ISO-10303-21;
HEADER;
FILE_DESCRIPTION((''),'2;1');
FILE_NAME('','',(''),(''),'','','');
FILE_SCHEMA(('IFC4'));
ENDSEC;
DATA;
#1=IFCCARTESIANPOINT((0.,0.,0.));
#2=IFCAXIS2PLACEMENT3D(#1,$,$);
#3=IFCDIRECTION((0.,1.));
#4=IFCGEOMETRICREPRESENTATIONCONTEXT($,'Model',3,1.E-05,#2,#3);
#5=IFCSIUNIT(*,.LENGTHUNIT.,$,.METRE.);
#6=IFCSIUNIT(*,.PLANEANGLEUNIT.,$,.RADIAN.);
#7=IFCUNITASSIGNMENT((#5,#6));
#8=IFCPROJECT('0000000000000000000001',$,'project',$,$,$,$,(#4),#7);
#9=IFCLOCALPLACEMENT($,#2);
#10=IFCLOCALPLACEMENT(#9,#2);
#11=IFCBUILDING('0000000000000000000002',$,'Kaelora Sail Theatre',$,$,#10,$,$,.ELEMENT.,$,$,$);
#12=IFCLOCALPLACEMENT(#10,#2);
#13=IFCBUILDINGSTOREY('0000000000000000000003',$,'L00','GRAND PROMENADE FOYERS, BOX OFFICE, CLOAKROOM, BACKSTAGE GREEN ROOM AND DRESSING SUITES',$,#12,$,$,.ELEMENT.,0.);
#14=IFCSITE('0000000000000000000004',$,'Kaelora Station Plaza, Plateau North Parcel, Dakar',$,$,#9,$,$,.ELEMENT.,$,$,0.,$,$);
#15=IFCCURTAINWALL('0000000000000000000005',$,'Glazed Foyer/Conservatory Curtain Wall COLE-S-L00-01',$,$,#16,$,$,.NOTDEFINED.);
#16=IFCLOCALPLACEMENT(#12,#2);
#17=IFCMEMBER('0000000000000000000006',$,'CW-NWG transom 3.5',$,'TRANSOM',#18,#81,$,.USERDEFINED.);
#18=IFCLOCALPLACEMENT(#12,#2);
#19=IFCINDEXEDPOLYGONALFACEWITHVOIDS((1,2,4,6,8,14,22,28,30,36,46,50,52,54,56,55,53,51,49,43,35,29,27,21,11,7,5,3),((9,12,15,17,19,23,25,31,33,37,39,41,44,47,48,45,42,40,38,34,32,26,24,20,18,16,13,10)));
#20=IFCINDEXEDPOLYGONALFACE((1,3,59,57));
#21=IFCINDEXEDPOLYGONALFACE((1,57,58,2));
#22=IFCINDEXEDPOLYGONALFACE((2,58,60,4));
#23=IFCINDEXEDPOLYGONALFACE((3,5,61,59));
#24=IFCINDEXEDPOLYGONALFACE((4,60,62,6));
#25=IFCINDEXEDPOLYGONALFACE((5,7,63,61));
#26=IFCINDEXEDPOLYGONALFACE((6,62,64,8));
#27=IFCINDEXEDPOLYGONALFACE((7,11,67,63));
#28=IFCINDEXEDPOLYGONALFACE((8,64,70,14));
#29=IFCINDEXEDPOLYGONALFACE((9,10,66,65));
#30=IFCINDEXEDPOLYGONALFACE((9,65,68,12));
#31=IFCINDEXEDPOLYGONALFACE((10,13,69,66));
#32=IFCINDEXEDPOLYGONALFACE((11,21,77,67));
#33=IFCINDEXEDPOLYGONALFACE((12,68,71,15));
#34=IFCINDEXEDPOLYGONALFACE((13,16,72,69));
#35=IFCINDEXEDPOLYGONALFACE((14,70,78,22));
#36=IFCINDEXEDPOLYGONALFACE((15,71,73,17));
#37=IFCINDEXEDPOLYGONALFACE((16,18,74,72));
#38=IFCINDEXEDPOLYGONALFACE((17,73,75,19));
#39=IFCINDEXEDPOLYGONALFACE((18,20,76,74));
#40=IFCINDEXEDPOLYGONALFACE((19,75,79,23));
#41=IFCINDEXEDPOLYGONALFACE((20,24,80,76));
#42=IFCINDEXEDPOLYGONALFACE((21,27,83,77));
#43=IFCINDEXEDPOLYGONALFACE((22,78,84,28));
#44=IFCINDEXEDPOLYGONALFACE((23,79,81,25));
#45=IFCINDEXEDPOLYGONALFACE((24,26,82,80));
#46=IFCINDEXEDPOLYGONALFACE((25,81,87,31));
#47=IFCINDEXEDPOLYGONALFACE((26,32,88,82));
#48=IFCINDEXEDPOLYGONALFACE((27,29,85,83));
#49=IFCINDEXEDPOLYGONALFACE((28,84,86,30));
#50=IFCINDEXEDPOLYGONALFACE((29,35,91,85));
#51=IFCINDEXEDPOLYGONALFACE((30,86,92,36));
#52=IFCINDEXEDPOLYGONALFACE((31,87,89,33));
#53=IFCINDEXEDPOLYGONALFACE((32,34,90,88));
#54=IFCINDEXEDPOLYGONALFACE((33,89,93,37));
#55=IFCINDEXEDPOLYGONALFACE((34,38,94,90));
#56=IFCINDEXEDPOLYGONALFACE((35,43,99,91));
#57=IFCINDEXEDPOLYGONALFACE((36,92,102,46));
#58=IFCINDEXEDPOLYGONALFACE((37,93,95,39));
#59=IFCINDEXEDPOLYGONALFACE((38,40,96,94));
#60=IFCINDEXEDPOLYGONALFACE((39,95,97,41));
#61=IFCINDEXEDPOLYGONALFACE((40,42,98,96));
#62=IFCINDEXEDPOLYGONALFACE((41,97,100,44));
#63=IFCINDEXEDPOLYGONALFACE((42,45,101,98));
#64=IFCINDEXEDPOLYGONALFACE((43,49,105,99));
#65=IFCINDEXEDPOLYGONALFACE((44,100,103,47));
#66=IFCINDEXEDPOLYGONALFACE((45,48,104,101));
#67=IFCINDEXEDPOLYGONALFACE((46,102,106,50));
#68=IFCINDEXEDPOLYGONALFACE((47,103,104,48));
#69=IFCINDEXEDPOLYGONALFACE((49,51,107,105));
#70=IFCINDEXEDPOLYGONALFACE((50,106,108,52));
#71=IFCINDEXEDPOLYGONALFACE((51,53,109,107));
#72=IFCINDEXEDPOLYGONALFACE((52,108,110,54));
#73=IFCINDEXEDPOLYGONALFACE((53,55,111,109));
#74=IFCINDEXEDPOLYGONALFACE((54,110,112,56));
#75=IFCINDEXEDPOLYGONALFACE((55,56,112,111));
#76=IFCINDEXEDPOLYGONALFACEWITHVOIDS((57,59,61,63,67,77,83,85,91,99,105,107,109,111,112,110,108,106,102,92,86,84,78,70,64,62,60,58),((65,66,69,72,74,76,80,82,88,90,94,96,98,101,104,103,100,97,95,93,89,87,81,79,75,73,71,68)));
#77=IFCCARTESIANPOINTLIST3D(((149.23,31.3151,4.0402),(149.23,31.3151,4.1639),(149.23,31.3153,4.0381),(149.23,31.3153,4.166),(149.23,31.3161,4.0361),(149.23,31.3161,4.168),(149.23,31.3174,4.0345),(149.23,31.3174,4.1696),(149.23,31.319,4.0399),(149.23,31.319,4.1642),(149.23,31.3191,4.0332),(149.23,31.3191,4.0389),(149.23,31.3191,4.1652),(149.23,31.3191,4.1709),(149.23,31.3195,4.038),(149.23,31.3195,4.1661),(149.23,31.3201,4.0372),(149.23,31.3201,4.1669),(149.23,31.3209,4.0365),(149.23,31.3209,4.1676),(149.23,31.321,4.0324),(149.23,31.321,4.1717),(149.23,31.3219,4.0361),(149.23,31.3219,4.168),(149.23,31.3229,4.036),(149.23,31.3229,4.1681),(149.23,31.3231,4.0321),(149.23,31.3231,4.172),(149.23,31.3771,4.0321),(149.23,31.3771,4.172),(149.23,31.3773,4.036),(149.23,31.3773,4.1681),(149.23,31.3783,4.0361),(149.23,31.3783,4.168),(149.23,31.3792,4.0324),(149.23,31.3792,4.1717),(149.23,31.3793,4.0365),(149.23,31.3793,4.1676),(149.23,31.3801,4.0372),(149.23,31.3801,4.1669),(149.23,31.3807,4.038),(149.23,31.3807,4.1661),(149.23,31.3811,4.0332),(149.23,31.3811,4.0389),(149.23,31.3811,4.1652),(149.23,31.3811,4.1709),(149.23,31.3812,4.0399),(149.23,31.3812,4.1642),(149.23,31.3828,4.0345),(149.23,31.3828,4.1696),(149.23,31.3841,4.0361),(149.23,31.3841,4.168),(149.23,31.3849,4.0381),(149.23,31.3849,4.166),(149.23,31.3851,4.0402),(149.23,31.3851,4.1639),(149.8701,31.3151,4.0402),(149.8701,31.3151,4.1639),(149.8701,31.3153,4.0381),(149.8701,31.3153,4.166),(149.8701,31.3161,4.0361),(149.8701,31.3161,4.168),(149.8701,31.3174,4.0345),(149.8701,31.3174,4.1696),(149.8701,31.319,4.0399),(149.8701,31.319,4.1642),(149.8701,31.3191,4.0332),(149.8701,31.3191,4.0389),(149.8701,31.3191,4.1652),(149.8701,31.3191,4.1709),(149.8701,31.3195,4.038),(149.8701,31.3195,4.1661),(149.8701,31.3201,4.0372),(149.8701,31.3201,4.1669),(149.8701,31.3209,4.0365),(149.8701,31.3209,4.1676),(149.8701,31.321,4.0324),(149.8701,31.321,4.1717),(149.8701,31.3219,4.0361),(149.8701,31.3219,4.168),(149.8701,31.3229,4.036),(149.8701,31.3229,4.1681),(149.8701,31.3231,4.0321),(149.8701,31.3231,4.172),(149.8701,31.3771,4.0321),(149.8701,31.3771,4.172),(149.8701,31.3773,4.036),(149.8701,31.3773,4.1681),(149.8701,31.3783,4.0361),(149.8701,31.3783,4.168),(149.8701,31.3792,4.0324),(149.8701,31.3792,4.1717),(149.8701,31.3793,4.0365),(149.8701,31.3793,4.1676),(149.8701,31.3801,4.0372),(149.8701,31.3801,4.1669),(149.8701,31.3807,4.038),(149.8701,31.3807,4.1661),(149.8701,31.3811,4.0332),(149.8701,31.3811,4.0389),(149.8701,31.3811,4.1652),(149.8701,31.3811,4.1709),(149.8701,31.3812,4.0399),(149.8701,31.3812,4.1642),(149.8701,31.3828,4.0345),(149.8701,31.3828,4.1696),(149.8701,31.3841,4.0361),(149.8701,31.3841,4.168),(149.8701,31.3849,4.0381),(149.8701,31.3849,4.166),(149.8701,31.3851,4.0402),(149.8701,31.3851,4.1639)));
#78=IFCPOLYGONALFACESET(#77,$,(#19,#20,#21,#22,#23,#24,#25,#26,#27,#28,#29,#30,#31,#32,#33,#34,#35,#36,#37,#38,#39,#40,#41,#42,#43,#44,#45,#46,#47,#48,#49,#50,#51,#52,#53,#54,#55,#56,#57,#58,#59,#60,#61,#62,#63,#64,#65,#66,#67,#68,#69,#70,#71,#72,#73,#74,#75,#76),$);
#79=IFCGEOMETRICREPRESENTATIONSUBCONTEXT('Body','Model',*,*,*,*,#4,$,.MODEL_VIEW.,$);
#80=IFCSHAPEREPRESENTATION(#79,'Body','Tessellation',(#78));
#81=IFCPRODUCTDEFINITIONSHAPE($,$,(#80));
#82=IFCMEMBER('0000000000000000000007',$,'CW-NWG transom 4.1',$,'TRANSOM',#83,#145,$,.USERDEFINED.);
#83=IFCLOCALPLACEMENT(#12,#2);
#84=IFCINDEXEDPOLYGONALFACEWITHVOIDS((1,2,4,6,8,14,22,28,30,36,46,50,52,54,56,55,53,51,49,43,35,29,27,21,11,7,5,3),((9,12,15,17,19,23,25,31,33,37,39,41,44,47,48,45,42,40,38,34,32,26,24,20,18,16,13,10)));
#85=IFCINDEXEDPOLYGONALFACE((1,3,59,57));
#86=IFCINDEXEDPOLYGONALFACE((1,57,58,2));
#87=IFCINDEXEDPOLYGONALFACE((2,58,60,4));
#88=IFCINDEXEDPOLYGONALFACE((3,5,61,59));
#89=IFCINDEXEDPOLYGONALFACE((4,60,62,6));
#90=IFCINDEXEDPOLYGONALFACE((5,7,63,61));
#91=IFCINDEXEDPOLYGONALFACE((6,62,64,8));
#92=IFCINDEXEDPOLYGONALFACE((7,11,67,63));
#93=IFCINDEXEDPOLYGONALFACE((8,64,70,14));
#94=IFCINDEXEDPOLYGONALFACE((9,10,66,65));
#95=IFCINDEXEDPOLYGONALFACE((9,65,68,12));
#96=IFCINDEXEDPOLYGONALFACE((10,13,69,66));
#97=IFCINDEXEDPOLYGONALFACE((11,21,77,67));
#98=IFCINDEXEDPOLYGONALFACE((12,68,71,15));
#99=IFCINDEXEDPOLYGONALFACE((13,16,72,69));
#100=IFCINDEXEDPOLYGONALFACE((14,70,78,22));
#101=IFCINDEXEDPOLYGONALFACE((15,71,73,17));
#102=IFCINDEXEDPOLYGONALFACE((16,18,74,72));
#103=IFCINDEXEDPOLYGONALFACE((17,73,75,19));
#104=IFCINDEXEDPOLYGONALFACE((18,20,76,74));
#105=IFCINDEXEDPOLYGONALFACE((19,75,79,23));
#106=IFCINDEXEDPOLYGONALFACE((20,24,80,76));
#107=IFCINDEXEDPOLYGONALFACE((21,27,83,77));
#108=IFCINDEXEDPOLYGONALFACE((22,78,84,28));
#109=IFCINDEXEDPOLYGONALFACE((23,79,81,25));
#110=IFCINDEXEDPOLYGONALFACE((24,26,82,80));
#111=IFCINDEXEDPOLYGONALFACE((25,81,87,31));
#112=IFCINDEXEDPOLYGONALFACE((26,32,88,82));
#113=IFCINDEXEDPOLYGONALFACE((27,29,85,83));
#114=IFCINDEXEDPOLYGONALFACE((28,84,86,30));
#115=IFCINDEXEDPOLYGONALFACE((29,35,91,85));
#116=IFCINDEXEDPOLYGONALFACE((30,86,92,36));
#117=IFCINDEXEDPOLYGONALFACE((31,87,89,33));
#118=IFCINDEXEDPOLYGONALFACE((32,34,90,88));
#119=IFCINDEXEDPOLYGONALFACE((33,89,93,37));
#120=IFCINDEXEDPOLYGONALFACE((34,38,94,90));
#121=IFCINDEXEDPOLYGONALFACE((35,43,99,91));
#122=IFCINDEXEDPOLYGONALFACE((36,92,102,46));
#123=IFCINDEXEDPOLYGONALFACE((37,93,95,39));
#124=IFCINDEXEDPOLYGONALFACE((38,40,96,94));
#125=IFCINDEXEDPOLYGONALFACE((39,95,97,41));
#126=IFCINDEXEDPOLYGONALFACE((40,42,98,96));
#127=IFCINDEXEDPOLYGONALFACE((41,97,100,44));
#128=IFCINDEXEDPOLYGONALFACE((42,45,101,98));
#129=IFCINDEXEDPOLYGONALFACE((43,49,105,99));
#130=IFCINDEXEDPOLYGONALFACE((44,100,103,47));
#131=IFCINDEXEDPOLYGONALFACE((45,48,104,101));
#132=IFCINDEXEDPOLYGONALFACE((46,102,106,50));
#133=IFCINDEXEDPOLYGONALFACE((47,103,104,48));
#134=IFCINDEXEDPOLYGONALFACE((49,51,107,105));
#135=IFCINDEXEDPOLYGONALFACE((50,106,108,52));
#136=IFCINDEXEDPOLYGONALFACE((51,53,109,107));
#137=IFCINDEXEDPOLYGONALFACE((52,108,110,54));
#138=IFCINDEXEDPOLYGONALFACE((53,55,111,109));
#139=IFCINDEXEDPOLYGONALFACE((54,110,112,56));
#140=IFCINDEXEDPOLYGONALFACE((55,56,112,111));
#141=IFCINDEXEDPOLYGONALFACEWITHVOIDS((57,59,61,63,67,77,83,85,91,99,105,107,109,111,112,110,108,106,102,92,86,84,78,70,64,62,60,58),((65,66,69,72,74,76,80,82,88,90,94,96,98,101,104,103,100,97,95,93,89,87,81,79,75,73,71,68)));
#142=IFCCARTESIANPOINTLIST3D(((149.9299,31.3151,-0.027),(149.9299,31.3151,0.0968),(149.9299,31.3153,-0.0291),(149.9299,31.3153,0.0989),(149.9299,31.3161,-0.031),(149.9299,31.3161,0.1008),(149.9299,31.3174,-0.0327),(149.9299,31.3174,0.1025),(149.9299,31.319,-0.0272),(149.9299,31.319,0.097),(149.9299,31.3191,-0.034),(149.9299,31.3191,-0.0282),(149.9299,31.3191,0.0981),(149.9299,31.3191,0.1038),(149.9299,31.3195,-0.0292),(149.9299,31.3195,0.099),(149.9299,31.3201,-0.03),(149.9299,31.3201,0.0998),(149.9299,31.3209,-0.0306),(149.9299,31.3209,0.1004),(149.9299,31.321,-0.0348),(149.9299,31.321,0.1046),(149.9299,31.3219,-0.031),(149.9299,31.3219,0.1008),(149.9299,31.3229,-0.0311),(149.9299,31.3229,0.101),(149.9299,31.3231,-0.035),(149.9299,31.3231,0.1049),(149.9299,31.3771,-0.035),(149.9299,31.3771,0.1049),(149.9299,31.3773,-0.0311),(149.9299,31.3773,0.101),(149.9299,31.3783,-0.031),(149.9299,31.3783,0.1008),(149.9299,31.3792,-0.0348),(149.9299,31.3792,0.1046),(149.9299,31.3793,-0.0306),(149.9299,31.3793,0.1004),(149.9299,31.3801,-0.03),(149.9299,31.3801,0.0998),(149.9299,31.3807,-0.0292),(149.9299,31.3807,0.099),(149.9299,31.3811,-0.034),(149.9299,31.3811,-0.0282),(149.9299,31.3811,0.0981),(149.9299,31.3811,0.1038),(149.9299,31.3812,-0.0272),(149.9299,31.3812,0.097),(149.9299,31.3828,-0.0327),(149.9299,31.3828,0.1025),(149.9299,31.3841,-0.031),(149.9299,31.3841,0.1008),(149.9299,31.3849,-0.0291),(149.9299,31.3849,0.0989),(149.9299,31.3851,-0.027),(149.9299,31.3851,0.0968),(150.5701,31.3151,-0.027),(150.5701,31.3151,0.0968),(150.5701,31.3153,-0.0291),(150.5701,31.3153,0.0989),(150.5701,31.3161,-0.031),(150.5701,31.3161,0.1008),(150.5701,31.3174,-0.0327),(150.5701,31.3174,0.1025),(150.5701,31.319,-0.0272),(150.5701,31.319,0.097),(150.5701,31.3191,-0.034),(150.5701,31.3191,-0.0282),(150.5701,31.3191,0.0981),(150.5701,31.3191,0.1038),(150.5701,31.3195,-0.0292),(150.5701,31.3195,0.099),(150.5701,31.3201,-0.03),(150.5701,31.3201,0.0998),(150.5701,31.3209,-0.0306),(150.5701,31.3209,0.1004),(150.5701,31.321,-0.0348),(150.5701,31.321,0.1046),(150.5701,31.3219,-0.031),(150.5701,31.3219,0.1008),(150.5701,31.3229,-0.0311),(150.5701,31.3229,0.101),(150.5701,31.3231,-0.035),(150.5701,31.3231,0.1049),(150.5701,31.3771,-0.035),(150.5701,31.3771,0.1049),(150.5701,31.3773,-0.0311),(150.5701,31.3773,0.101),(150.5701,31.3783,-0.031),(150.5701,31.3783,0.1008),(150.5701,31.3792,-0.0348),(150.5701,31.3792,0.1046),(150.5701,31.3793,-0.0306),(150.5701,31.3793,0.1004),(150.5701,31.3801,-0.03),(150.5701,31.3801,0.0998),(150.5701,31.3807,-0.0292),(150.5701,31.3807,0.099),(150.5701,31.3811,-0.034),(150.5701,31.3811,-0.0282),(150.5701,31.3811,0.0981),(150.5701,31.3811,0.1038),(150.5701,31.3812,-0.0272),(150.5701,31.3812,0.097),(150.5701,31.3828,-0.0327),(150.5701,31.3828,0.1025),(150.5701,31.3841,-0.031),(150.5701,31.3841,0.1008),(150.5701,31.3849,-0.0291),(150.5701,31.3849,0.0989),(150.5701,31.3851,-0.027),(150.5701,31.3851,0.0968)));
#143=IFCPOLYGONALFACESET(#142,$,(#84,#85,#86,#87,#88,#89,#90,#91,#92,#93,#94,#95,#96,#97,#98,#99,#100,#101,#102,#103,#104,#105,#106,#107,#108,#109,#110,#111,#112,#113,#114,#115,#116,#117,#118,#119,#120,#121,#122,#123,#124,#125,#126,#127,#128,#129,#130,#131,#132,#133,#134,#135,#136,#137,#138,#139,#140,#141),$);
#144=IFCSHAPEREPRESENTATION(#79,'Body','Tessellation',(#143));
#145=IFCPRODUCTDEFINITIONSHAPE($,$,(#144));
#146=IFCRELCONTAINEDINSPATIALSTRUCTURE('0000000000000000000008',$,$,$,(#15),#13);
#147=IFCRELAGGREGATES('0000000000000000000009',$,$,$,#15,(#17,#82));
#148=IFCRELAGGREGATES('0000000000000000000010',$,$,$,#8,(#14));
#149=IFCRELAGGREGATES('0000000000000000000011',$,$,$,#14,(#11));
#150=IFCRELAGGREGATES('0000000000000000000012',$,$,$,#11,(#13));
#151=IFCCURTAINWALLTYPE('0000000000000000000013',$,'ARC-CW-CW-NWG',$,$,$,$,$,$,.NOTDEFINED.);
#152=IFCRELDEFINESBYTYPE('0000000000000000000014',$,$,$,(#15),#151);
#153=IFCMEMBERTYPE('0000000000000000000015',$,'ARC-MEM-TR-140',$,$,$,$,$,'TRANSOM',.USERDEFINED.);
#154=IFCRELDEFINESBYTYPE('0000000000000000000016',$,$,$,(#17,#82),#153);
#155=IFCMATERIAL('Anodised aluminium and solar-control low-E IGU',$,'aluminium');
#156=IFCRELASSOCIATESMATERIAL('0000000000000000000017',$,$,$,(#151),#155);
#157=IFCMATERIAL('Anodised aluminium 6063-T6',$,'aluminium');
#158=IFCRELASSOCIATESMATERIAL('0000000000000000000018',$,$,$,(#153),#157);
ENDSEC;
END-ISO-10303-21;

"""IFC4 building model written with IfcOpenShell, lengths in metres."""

from ifc_helpers import new_model, si_unit, direction, frame, origin, origin_2d, place, context, subcontext, project, spatial, hollow_rectangle, extrude, material, material_profile, profile_set, type_object, element, aggregate, save


model = new_model("IFC4")

# Units and contexts
model_context = context("Model", 3, precision=1e-05, world=origin(), true_north=direction((0.0, 1.0)))
body_context = subcontext(model_context, "Body", "Model", "MODEL_VIEW")
ifc_project = project(units=[si_unit("LENGTHUNIT", "METRE"), si_unit("PLANEANGLEUNIT", "RADIAN")], contexts=[model_context])

# Site, building, storey
site_placement = place(None, origin())
site = spatial("IfcSite", under=ifc_project, at=site_placement, Name="Kaelora Station Plaza, Plateau North Parcel, Dakar", CompositionType="ELEMENT", RefElevation=0.0)
building_placement = place(site_placement, origin())
building = spatial("IfcBuilding", under=site, at=building_placement, Name="Kaelora Sail Theatre", CompositionType="ELEMENT")
storey_placement = place(building_placement, origin())
storey = spatial("IfcBuildingStorey", under=building, at=storey_placement, Name="L00", Description="GRAND PROMENADE FOYERS, BOX OFFICE, CLOAKROOM, BACKSTAGE GREEN ROOM AND DRESSING SUITES", CompositionType="ELEMENT", Elevation=0.0)

# Curtain wall, members
ifc_material_1 = material(Name="Anodised aluminium and solar-control low-E IGU", Category="aluminium")
curtain_wall_type = type_object("IfcCurtainWallType", Name="ARC-CW-CW-NWG", PredefinedType="NOTDEFINED", material=ifc_material_1)
curtain_wall_placement = place(storey_placement, origin())
curtain_wall = element("IfcCurtainWall", 1, at=curtain_wall_placement, inside=storey, type_object=curtain_wall_type, Name="Glazed Foyer/Conservatory Curtain Wall COLE-S-L00-01", PredefinedType="NOTDEFINED")
ifc_material_2 = material(Name="Anodised aluminium 6063-T6", Category="aluminium")
ifc_material_profile_1 = material_profile(ifc_material_2, hollow_rectangle(XDim=0.0701, YDim=0.1399, WallThickness=0.0039, InnerFilletRadius=0.0039, OuterFilletRadius=0.0081, at=origin_2d()), Name="ALU-TRAN 70x140x4")
ifc_profile_set_1 = profile_set([ifc_material_profile_1], Name="Anodised aluminium 6063-T6")
member_type_1 = type_object("IfcMemberType", Name="ARC-MEM-TR-140", ElementType="TRANSOM", PredefinedType="USERDEFINED", material=ifc_profile_set_1)
member_1_placement = place(storey_placement, frame((149.23, 31.3501, 4.1021), z_axis=(1.0, 0.0, 0.0), x_axis=(0.0, 1.0, 0.0)))
member_1 = element("IfcMember", 2, at=member_1_placement, type_object=member_type_1, Name="CW-NWG transom 3.5", ObjectType="TRANSOM", PredefinedType="USERDEFINED", context=body_context, shape_type="SweptSolid", body=[
    extrude(hollow_rectangle(XDim=0.0701, YDim=0.1399, WallThickness=0.0039, InnerFilletRadius=0.0039, OuterFilletRadius=0.0081, at=origin_2d()), origin(), (0.0, 0.0, 1.0), 0.6401),
])
member_2_placement = place(storey_placement, frame((149.9299, 31.3501, 0.0349), z_axis=(1.0, 0.0, 0.0), x_axis=(0.0, 1.0, 0.0)))
member_2 = element("IfcMember", 3, at=member_2_placement, type_object=member_type_1, Name="CW-NWG transom 4.1", ObjectType="TRANSOM", PredefinedType="USERDEFINED", context=body_context, shape_type="SweptSolid", body=[
    extrude(hollow_rectangle(XDim=0.0701, YDim=0.1399, WallThickness=0.0039, InnerFilletRadius=0.0039, OuterFilletRadius=0.0081, at=origin_2d()), origin(), (0.0, 0.0, 1.0), 0.6401),
])
aggregate(curtain_wall, [member_1, member_2])

save(model, "model.ifc")
